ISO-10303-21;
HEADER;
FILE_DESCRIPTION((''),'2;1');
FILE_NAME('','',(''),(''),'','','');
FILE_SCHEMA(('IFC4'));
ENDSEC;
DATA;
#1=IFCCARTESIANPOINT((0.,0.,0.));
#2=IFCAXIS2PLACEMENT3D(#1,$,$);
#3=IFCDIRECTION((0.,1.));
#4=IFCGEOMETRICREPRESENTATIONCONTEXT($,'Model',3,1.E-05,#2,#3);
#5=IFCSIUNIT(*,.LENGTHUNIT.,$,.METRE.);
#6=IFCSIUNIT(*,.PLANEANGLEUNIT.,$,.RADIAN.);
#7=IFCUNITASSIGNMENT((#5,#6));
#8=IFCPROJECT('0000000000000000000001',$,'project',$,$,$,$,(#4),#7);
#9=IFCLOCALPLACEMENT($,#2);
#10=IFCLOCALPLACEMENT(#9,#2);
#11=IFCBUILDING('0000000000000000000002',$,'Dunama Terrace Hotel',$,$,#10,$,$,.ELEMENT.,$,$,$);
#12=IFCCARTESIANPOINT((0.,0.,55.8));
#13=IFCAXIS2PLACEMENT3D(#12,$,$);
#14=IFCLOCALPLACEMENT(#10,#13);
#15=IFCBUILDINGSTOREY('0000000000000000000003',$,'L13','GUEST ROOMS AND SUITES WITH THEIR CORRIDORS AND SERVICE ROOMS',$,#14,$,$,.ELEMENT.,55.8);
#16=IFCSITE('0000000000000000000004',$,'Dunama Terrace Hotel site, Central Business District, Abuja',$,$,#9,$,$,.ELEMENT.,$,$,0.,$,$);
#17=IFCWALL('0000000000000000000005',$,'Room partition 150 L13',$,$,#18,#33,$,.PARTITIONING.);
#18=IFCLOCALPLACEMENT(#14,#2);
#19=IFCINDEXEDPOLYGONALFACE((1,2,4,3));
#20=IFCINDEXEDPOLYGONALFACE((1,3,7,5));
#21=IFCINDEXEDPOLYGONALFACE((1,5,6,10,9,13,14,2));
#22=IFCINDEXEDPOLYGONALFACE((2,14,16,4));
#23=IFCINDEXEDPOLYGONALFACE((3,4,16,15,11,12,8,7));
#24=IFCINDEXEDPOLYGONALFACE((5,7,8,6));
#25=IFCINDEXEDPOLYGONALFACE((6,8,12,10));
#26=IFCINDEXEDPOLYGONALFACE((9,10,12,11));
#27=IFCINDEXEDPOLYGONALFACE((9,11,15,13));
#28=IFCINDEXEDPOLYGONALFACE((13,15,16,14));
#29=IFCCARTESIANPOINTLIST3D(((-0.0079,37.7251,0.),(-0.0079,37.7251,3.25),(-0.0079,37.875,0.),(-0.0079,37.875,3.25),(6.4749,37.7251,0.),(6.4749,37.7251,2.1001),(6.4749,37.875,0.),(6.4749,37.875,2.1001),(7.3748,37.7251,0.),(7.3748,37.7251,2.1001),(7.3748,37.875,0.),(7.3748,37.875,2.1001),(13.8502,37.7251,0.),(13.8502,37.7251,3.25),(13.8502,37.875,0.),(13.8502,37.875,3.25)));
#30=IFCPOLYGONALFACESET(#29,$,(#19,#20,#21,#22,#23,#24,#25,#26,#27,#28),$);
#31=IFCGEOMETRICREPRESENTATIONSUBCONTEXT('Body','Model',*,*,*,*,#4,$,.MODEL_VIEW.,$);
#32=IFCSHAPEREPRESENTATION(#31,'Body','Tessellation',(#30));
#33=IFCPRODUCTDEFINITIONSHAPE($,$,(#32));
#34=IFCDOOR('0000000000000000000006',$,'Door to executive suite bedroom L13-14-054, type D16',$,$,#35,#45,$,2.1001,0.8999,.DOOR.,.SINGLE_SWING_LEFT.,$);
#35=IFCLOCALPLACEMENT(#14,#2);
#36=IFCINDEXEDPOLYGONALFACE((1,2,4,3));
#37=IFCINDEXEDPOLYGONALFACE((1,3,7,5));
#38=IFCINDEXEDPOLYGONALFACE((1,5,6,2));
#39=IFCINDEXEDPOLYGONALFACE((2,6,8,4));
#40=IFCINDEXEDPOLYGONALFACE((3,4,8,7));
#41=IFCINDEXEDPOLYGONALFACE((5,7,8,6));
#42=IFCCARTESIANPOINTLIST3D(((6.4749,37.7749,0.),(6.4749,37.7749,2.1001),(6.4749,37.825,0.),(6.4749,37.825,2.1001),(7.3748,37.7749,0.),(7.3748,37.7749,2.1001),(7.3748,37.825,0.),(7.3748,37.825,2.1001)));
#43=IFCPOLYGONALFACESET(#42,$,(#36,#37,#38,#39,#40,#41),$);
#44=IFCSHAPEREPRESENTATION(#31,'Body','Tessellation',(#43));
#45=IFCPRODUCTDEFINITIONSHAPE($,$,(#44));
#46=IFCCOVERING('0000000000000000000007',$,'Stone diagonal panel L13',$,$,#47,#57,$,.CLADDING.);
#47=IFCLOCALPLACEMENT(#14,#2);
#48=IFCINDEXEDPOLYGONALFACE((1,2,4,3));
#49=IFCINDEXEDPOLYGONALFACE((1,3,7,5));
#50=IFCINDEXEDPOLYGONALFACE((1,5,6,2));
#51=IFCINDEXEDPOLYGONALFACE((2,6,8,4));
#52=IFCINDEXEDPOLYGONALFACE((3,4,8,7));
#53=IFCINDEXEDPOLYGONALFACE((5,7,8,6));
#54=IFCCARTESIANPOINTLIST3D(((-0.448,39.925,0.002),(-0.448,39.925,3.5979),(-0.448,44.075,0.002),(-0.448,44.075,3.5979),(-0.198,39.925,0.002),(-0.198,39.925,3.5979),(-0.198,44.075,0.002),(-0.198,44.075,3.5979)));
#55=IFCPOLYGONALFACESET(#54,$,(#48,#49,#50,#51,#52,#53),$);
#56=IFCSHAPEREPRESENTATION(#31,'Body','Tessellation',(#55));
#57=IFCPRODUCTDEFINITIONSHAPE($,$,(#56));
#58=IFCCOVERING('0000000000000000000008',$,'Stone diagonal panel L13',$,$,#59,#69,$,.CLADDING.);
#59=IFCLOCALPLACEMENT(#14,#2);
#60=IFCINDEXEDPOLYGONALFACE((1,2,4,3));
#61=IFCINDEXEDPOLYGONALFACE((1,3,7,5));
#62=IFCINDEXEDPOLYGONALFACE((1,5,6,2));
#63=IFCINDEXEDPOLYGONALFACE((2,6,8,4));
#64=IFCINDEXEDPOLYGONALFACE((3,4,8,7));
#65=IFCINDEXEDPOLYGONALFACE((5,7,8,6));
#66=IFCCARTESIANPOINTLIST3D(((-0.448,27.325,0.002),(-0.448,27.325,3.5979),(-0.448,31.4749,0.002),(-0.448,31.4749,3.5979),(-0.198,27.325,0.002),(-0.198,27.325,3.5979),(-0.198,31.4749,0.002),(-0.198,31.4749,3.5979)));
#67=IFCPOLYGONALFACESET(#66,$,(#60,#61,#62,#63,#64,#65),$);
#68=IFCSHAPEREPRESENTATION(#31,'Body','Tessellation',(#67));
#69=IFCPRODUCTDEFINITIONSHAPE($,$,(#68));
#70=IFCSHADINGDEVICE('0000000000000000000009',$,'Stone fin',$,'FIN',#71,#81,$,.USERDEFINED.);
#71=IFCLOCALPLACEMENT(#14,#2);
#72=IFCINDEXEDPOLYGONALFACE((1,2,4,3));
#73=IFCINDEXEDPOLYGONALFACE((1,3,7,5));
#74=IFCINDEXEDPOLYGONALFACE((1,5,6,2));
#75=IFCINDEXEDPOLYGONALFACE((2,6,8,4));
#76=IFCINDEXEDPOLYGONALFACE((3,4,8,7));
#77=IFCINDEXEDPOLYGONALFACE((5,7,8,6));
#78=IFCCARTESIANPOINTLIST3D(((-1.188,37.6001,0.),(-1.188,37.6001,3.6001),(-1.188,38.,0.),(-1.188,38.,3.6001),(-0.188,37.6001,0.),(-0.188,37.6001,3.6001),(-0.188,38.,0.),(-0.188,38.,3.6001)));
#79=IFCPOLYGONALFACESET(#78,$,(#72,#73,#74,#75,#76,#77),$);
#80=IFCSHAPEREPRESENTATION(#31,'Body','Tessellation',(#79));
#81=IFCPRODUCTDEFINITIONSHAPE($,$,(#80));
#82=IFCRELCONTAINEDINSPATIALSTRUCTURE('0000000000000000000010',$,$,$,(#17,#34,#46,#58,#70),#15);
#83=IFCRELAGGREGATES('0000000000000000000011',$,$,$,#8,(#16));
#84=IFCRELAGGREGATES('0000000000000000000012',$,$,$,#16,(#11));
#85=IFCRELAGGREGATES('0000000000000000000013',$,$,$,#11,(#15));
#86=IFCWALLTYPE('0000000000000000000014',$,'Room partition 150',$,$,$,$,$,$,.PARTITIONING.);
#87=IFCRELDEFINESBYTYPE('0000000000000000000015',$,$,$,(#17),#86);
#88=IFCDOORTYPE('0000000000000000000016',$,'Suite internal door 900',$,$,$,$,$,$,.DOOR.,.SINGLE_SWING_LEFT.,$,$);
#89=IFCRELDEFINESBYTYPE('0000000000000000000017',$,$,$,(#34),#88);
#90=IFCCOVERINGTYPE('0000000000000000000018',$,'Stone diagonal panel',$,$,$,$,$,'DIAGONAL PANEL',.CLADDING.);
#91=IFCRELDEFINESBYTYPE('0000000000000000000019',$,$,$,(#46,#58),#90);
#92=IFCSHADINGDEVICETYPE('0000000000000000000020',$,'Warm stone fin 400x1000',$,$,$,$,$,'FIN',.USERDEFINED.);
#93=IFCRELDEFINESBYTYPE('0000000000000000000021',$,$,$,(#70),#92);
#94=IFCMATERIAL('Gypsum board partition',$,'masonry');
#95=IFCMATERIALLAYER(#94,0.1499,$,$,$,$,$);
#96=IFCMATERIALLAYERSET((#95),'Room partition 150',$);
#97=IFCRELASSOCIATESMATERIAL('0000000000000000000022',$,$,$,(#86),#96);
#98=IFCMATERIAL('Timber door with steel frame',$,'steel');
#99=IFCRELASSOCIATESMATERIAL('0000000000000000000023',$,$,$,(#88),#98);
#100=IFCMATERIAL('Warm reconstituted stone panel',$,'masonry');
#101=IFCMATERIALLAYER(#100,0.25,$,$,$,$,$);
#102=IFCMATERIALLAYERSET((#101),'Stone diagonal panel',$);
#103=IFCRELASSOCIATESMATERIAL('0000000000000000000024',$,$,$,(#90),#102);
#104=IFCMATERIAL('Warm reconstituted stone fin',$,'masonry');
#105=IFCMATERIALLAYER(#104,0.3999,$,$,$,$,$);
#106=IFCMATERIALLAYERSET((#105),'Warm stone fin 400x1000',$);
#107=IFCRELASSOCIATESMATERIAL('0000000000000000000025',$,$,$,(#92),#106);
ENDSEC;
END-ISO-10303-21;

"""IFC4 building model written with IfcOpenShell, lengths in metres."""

from ifc_helpers import new_model, si_unit, direction, frame, frame_2d, origin, origin_2d, place, context, subcontext, project, spatial, rectangle, extrude, material, layer, layer_set, type_object, element, fill, save


model = new_model("IFC4")

# Units and contexts
model_context = context("Model", 3, precision=1e-05, world=origin(), true_north=direction((0.0, 1.0)))
body_context = subcontext(model_context, "Body", "Model", "MODEL_VIEW")
ifc_project = project(units=[si_unit("LENGTHUNIT", "METRE"), si_unit("PLANEANGLEUNIT", "RADIAN")], contexts=[model_context])

# Site, building, storey
site_placement = place(None, origin())
site = spatial("IfcSite", under=ifc_project, at=site_placement, Name="Dunama Terrace Hotel site, Central Business District, Abuja", CompositionType="ELEMENT", RefElevation=0.0)
building_placement = place(site_placement, origin())
building = spatial("IfcBuilding", under=site, at=building_placement, Name="Dunama Terrace Hotel", CompositionType="ELEMENT")
storey_placement = place(building_placement, frame((0.0, 0.0, 55.8)))
storey = spatial("IfcBuildingStorey", under=building, at=storey_placement, Name="L13", Description="GUEST ROOMS AND SUITES WITH THEIR CORRIDORS AND SERVICE ROOMS", CompositionType="ELEMENT", Elevation=55.8)

# Shared definitions
ifc_material_1 = material(Name="Gypsum board partition", Category="masonry")
ifc_layer_1 = layer(ifc_material_1, 0.1499)
ifc_layer_set_1 = layer_set([ifc_layer_1], Name="Room partition 150")
wall_type_1 = type_object("IfcWallType", Name="Room partition 150", PredefinedType="PARTITIONING", material=ifc_layer_set_1)

# Wall, opening, door
ifc_material_2 = material(Name="Timber door with steel frame", Category="steel")
door_type_1 = type_object("IfcDoorType", Name="Suite internal door 900", OperationType="SINGLE_SWING_LEFT", PredefinedType="DOOR", material=ifc_material_2)
wall_1_placement = place(storey_placement, frame((-0.0081, 37.8, 0.0), z_axis=(0.0, 0.0, 1.0), x_axis=(1.0, 0.0, 0.0)))
wall_1 = element("IfcWall", 1, at=wall_1_placement, inside=storey, type_object=wall_type_1, Name="Room partition 150 L13", PredefinedType="PARTITIONING", context=body_context, shape_type="SweptSolid", body=[
    extrude(rectangle(XDim=13.8582, YDim=0.1499, at=frame_2d((6.9292, 0.0))), origin(), (0.0, 0.0, 1.0), 3.25),
])
opening_1_placement = place(wall_1_placement, frame((6.4829, 0.0, 0.0)))
opening_1 = element("IfcOpeningElement", 2, at=opening_1_placement, cuts=wall_1, PredefinedType="OPENING", context=body_context, shape_type="SweptSolid", body=[
    extrude(rectangle(XDim=0.8999, YDim=2.1001, at=frame_2d((0.45, 1.05))), frame((0.0, 0.085, 0.0), z_axis=(0.0, -1.0, 0.0), x_axis=(1.0, 0.0, 0.0)), (0.0, 0.0, 1.0), 0.1699),
])
door_1_placement = place(opening_1_placement, origin())
door_1 = element("IfcDoor", 3, at=door_1_placement, inside=storey, type_object=door_type_1, Name="Door to executive suite bedroom L13-14-054, type D16", OperationType="SINGLE_SWING_LEFT", OverallHeight=2.1001, OverallWidth=0.8999, PredefinedType="DOOR", context=body_context, shape_type="SweptSolid", body=[
    extrude(rectangle(XDim=0.8999, YDim=2.1001, at=frame_2d((0.45, 1.05))), frame((0.0, 0.0249, 0.0), z_axis=(0.0, -1.0, 0.0), x_axis=(1.0, 0.0, 0.0)), (0.0, 0.0, 1.0), 0.05),
])
fill(opening_1, door_1)

# Coverings
ifc_material_3 = material(Name="Warm reconstituted stone panel", Category="masonry")
ifc_layer_2 = layer(ifc_material_3, 0.25)
ifc_layer_set_2 = layer_set([ifc_layer_2], Name="Stone diagonal panel")
covering_type = type_object("IfcCoveringType", Name="Stone diagonal panel", ElementType="DIAGONAL PANEL", PredefinedType="CLADDING", material=ifc_layer_set_2)
for number, where, z_axis, x_axis, name in (
    (4, (-0.323, 42.0, 0.002), (0.0, 0.0, 1.0), (0.0, -1.0, 0.0), "Stone diagonal panel L13"),
    (5, (-0.323, 29.3999, 0.002), (0.0, 0.0, 1.0), (0.0, -1.0, 0.0), "Stone diagonal panel L13"),
):
    element("IfcCovering", number, at=place(storey_placement, frame(where, z_axis=z_axis, x_axis=x_axis)), inside=storey, type_object=covering_type, Name=name, PredefinedType="CLADDING", context=body_context, shape_type="SweptSolid", body=[
        extrude(rectangle(XDim=4.1499, YDim=0.25, at=origin_2d()), origin(), (0.0, 0.0, 1.0), 3.5959),
    ])

# Shading device
ifc_material_4 = material(Name="Warm reconstituted stone fin", Category="masonry")
ifc_layer_3 = layer(ifc_material_4, 0.3999)
ifc_layer_set_3 = layer_set([ifc_layer_3], Name="Warm stone fin 400x1000")
shading_device_type = type_object("IfcShadingDeviceType", Name="Warm stone fin 400x1000", ElementType="FIN", PredefinedType="USERDEFINED", material=ifc_layer_set_3)
shading_device_placement = place(storey_placement, frame((-0.688, 37.8, 0.0), z_axis=(0.0, 0.0, 1.0), x_axis=(0.0, -1.0, 0.0)))
element("IfcShadingDevice", 6, at=shading_device_placement, inside=storey, type_object=shading_device_type, Name="Stone fin", ObjectType="FIN", PredefinedType="USERDEFINED", context=body_context, shape_type="SweptSolid", body=[
    extrude(rectangle(XDim=0.3999, YDim=1.0, at=origin_2d()), origin(), (0.0, 0.0, 1.0), 3.6001),
])

save(model, "model.ifc")
